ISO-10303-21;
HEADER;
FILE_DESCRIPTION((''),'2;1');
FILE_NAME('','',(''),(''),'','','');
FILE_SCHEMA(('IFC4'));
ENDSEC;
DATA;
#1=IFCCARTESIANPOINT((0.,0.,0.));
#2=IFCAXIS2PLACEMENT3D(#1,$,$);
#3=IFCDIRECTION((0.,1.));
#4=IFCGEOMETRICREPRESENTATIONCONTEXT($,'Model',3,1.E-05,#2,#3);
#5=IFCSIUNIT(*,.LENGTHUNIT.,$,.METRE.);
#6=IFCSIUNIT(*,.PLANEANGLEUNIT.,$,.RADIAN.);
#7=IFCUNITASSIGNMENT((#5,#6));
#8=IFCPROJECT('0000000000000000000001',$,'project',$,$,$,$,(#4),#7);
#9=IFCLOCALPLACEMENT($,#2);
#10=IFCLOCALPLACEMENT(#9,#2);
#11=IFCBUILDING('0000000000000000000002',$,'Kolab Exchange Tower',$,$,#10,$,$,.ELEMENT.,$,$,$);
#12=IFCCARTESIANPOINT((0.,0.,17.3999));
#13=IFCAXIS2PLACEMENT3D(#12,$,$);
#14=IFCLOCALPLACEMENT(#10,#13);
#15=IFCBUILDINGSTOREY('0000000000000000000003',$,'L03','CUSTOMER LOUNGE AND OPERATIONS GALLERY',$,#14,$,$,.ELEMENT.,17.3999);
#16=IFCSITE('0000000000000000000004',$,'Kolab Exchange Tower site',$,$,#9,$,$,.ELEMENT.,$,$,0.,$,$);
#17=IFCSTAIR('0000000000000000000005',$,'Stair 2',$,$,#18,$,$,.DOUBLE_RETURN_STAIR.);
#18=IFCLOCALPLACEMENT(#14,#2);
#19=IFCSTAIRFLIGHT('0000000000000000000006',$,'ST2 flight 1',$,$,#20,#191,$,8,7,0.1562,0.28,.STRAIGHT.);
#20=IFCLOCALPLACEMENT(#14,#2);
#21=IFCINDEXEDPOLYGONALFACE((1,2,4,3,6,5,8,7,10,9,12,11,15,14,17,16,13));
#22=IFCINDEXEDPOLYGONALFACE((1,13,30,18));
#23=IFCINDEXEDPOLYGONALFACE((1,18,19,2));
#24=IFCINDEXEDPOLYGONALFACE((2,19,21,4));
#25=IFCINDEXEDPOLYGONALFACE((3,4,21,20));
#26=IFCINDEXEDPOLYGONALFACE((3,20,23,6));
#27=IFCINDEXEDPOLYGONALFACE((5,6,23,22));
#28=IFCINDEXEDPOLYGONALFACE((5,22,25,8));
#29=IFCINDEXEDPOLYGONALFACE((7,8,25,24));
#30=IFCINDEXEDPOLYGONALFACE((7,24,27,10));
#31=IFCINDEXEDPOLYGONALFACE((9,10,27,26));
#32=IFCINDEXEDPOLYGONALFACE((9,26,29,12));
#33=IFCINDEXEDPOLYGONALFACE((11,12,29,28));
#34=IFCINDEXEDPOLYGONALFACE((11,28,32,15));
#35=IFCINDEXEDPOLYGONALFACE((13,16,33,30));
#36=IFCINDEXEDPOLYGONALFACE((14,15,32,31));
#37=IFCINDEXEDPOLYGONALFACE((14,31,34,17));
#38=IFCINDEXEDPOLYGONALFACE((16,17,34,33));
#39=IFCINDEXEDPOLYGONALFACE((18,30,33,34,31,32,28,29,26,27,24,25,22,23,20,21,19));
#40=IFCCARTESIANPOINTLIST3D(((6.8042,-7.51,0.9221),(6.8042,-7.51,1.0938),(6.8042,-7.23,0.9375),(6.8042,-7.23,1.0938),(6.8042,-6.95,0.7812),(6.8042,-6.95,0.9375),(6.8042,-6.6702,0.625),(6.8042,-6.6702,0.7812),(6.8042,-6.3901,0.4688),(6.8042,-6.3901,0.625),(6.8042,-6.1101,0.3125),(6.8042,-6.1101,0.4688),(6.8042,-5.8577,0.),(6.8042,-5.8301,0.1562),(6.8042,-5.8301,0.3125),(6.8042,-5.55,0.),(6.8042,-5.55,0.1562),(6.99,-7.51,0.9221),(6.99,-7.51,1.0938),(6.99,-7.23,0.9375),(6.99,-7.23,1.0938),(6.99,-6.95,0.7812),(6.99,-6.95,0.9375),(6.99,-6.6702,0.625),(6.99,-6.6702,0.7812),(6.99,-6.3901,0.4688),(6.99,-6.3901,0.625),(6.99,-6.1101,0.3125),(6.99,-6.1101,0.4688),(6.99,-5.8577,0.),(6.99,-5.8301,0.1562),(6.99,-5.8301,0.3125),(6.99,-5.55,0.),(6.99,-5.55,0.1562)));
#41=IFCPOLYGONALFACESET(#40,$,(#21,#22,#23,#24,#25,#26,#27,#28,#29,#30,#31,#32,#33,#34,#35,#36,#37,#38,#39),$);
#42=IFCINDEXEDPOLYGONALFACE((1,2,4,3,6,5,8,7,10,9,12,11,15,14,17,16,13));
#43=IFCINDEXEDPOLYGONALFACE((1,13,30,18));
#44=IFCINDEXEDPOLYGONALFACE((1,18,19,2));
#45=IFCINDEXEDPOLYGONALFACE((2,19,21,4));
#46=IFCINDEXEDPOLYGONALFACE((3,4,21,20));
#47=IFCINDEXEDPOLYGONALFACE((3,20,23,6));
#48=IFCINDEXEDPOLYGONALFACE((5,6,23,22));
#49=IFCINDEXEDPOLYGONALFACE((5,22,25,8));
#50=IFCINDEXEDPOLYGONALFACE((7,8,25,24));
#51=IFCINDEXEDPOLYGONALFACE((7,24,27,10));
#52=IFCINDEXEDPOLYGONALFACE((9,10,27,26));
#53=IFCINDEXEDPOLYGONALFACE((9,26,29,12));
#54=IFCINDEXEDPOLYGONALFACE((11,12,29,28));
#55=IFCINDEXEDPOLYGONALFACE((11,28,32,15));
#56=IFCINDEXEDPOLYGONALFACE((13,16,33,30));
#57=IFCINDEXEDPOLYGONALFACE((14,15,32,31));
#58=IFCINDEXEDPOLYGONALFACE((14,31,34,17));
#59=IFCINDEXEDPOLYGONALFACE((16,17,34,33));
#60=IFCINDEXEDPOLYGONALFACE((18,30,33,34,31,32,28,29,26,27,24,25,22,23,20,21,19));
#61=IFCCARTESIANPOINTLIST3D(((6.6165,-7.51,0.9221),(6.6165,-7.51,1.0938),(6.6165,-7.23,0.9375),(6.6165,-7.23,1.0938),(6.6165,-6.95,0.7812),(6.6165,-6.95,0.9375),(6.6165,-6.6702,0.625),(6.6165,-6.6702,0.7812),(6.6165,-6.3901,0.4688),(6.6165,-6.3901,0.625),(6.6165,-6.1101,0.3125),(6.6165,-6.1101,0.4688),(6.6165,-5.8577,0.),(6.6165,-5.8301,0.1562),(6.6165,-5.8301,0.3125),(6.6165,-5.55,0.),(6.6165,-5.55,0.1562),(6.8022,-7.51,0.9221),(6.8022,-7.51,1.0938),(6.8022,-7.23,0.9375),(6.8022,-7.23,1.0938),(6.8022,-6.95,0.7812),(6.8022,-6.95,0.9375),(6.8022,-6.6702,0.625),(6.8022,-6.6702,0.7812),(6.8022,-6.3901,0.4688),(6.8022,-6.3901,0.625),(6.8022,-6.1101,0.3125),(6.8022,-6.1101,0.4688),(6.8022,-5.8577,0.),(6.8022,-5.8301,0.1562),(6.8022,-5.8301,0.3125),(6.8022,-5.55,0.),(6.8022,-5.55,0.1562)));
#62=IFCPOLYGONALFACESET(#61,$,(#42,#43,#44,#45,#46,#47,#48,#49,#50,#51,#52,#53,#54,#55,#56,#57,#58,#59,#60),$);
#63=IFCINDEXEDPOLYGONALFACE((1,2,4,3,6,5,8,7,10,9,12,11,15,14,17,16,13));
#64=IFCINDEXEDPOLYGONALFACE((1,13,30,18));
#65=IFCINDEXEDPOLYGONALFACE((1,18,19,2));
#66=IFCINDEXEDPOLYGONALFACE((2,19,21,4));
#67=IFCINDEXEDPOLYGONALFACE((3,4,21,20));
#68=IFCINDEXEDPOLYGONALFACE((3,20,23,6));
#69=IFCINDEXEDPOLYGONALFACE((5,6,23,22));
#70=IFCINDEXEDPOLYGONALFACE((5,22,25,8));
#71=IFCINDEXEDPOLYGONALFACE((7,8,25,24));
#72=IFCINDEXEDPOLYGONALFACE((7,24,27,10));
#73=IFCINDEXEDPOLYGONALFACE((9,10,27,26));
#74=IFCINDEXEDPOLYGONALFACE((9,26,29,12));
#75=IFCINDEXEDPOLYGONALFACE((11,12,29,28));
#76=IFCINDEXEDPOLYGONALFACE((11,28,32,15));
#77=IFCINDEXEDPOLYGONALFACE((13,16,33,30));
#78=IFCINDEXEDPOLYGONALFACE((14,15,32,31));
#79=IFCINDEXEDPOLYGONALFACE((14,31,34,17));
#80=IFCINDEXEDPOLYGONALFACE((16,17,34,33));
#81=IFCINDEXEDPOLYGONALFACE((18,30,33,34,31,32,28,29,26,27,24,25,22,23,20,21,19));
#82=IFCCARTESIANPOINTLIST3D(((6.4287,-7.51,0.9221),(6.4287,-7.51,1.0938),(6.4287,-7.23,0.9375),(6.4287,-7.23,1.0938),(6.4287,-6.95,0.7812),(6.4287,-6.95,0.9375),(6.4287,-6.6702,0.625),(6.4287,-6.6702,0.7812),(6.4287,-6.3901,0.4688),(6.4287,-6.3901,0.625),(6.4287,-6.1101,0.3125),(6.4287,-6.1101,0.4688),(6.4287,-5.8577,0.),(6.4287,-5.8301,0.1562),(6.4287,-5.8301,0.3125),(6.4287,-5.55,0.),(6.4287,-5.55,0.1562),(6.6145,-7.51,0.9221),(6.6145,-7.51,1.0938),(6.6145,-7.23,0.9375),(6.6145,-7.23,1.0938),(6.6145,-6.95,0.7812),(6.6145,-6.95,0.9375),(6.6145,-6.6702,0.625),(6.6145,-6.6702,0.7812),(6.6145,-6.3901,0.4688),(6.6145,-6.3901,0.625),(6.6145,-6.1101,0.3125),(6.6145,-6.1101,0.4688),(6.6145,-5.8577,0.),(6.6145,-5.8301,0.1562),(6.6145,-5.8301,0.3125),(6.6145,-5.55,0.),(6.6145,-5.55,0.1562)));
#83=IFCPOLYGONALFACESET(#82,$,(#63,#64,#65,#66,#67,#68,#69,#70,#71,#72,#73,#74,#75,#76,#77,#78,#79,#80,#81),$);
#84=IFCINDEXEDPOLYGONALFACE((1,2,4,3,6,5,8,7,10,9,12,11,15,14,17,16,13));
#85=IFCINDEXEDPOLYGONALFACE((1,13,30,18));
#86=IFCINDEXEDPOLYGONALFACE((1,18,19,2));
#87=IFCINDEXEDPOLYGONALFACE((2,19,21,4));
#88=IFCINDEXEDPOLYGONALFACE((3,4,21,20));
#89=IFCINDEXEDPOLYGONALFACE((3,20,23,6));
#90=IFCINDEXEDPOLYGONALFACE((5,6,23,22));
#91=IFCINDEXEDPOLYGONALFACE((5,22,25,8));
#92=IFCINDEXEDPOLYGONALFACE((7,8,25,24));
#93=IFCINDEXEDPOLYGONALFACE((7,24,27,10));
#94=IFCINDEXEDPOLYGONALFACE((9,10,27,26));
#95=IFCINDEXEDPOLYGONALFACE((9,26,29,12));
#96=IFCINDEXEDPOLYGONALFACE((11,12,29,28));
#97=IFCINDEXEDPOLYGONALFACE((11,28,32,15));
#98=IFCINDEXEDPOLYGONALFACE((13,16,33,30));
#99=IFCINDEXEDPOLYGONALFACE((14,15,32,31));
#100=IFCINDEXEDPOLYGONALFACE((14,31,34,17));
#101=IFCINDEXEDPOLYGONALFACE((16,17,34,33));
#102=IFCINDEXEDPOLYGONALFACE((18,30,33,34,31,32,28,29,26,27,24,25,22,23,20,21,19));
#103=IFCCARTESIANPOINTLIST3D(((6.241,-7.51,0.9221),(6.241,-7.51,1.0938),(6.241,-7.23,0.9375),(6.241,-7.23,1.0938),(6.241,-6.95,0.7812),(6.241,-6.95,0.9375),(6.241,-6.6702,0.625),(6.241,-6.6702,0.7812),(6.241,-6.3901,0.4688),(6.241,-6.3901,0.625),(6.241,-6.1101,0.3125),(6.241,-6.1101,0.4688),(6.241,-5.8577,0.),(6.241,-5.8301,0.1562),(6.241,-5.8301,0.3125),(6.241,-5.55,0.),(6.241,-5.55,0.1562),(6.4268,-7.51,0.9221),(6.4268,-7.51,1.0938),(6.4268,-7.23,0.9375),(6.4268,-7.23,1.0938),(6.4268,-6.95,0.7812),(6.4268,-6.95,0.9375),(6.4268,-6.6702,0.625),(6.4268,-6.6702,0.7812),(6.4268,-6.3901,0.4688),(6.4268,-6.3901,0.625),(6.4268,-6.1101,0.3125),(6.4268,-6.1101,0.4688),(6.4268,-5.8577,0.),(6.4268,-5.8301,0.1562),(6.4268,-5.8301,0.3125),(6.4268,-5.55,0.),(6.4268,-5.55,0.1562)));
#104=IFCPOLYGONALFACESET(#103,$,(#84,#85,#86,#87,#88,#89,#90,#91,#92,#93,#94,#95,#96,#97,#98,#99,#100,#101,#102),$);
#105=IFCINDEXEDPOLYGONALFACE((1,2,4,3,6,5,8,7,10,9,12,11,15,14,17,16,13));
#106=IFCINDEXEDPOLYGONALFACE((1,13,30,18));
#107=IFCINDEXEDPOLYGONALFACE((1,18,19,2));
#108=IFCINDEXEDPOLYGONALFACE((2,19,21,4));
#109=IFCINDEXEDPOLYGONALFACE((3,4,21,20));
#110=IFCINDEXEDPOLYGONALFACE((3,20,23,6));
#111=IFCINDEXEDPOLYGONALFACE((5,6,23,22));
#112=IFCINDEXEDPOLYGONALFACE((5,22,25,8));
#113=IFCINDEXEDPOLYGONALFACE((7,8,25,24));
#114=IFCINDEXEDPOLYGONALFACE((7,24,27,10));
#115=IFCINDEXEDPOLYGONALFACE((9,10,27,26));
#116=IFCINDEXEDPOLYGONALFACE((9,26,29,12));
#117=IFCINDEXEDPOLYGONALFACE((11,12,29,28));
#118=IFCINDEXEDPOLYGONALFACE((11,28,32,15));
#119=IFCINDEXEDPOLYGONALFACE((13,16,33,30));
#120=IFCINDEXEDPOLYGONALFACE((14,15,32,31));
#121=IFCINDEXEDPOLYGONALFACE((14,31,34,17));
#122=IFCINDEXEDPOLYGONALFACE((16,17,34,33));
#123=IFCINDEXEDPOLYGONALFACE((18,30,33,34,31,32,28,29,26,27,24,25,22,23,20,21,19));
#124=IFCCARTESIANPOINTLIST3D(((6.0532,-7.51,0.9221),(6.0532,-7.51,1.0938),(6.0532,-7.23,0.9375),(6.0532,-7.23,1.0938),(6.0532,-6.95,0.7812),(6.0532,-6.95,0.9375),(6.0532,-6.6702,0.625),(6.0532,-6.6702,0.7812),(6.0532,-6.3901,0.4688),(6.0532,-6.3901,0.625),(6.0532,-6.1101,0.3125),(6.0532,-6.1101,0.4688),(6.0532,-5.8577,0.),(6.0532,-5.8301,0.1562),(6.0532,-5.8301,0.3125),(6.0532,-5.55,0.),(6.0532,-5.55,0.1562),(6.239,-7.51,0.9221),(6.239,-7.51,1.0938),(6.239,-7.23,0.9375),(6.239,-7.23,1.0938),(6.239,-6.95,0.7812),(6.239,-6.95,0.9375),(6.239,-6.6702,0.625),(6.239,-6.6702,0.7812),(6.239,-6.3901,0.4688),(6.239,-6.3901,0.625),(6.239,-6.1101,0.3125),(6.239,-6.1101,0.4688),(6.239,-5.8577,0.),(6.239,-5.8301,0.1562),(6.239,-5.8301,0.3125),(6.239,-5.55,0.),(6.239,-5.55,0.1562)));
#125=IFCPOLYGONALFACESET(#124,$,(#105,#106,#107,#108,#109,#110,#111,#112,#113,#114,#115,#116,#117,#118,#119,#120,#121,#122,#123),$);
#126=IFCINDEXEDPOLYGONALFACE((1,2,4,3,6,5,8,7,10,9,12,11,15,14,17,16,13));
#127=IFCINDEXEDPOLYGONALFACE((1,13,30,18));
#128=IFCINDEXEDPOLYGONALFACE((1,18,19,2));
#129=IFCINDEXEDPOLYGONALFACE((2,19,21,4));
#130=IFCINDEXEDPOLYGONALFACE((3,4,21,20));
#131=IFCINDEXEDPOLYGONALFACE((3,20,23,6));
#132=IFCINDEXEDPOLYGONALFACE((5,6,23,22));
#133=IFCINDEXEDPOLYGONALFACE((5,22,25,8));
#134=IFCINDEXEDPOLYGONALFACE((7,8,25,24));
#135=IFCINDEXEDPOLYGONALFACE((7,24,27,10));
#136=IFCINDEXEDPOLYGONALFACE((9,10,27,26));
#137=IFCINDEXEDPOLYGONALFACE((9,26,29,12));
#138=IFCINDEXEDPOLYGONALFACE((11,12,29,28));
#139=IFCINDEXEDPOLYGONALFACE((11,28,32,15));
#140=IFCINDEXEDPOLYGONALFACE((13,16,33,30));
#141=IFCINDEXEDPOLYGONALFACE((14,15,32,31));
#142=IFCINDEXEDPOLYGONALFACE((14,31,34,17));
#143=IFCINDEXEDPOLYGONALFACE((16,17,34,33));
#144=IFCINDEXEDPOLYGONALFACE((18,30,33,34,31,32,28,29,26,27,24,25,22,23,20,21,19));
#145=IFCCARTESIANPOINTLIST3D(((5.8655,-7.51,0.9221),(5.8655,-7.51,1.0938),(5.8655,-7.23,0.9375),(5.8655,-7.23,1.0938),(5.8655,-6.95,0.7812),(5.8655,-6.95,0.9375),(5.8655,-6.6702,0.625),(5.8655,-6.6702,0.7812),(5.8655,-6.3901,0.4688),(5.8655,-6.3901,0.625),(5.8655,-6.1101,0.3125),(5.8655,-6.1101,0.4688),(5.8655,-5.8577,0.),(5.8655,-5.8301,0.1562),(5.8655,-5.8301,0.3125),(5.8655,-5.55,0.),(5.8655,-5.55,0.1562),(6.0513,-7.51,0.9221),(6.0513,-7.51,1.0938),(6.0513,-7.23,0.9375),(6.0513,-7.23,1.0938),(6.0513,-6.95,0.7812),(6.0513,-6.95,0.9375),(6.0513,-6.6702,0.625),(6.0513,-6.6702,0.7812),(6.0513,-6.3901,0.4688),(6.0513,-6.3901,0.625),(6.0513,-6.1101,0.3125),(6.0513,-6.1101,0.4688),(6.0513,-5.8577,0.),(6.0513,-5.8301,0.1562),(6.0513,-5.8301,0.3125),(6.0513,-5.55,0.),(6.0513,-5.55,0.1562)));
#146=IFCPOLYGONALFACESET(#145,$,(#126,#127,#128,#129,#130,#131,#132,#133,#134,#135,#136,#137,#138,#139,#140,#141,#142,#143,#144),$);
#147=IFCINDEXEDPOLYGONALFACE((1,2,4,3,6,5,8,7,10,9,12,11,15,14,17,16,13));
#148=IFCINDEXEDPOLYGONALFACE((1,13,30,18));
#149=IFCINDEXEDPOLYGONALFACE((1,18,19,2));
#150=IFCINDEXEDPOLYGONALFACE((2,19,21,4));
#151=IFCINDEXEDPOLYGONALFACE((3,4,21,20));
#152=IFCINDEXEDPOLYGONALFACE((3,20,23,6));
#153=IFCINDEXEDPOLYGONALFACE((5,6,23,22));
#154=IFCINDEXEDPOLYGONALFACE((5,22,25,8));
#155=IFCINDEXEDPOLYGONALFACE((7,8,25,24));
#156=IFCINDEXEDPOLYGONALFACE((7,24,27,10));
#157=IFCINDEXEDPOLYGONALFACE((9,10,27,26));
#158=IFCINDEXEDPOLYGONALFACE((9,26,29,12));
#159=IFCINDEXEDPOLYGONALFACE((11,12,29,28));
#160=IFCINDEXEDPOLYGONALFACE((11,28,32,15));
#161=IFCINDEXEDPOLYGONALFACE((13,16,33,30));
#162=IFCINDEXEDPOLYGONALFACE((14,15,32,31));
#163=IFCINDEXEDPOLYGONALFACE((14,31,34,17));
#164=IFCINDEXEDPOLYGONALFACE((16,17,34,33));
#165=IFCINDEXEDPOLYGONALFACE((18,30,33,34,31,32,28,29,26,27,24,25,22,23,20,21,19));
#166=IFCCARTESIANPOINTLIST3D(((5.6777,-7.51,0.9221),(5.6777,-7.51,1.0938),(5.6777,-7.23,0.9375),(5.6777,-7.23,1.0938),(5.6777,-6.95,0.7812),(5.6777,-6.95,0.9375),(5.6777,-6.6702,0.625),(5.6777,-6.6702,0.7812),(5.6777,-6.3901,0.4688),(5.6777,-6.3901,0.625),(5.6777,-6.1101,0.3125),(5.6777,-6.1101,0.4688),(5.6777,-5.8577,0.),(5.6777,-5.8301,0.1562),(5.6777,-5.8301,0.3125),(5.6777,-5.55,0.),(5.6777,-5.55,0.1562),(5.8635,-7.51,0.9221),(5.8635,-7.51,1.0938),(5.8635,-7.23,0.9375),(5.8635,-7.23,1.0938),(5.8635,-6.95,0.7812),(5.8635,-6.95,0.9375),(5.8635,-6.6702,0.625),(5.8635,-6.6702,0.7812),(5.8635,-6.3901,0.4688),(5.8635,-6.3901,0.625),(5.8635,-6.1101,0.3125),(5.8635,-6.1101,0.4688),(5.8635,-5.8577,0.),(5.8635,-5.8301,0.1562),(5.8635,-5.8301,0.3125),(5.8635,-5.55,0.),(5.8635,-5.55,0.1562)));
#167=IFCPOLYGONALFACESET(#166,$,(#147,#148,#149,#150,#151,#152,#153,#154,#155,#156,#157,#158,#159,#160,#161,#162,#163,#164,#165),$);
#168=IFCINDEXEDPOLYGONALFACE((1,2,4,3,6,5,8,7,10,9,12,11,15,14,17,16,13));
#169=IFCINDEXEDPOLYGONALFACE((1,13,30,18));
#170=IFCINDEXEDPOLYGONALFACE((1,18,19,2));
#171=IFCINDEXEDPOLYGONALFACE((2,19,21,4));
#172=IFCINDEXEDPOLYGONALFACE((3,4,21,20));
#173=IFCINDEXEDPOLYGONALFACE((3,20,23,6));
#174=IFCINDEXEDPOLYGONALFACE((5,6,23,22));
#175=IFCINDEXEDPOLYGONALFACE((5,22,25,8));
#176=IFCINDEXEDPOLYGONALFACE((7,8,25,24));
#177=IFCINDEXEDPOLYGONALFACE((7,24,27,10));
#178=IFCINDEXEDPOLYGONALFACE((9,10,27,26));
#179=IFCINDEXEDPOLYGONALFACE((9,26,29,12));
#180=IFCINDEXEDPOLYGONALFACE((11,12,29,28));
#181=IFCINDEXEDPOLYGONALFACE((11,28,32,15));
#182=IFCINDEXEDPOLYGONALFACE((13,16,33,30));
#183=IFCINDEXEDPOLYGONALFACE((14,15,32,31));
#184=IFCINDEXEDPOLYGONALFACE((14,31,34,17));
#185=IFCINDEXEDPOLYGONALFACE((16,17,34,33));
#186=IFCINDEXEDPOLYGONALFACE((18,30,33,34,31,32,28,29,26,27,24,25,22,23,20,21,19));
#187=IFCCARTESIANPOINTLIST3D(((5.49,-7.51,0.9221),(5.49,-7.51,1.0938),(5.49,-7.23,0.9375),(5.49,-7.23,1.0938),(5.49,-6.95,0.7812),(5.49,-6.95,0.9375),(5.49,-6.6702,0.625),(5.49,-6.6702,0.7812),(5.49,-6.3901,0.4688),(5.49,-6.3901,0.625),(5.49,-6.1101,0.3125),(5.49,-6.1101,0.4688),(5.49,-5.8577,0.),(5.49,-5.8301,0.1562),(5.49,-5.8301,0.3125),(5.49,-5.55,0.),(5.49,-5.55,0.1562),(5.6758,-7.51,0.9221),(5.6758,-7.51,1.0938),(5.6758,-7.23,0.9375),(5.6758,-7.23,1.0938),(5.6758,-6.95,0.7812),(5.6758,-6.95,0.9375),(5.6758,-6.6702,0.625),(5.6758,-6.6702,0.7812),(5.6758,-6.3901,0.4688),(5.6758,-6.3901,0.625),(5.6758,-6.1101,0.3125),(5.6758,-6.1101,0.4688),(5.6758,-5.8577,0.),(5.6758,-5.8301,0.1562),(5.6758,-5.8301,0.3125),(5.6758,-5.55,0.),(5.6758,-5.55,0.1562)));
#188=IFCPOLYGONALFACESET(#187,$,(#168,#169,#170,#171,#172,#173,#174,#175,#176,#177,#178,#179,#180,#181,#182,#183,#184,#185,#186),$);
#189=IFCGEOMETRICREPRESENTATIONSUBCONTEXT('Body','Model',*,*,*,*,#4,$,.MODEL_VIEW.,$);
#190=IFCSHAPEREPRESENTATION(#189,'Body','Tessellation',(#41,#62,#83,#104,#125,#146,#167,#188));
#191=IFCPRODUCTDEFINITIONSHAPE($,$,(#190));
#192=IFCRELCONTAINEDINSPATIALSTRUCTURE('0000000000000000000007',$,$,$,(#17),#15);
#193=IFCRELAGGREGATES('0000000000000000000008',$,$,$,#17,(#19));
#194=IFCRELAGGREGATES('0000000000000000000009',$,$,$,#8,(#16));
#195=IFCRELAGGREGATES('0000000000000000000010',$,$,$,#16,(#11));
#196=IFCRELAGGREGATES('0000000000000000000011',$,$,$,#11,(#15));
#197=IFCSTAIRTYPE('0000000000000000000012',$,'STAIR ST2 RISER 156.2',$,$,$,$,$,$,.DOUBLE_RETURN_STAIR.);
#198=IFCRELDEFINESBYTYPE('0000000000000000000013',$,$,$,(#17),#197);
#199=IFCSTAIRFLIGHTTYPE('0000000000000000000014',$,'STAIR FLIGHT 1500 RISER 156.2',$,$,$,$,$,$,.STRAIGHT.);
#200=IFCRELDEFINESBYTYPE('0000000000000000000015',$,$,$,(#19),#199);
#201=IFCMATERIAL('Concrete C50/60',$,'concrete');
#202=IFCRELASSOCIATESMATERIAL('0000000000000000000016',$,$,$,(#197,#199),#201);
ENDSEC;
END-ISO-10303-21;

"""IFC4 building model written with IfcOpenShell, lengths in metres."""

from ifc_helpers import new_model, si_unit, direction, frame, origin, place, context, subcontext, project, spatial, polyline, outline, extrude, material, type_object, element, aggregate, save


model = new_model("IFC4")

# Units and contexts
model_context = context("Model", 3, precision=1e-05, world=origin(), true_north=direction((0.0, 1.0)))
body_context = subcontext(model_context, "Body", "Model", "MODEL_VIEW")
ifc_project = project(units=[si_unit("LENGTHUNIT", "METRE"), si_unit("PLANEANGLEUNIT", "RADIAN")], contexts=[model_context])

# Site, building, storey
site_placement = place(None, origin())
site = spatial("IfcSite", under=ifc_project, at=site_placement, Name="Kolab Exchange Tower site", CompositionType="ELEMENT", RefElevation=0.0)
building_placement = place(site_placement, origin())
building = spatial("IfcBuilding", under=site, at=building_placement, Name="Kolab Exchange Tower", CompositionType="ELEMENT")
storey_placement = place(building_placement, frame((0.0, 0.0, 17.3999)))
storey = spatial("IfcBuildingStorey", under=building, at=storey_placement, Name="L03", Description="CUSTOMER LOUNGE AND OPERATIONS GALLERY", CompositionType="ELEMENT", Elevation=17.3999)

# Shared definitions
ifc_material_1 = material(Name="Concrete C50/60", Category="concrete")

# Stair, stair flight
stair_type_1 = type_object("IfcStairType", Name="STAIR ST2 RISER 156.2", PredefinedType="DOUBLE_RETURN_STAIR", material=ifc_material_1)
stair_1_placement = place(storey_placement, origin())
stair_1 = element("IfcStair", 1, at=stair_1_placement, inside=storey, type_object=stair_type_1, Name="Stair 2", PredefinedType="DOUBLE_RETURN_STAIR")
stair_flight_type = type_object("IfcStairFlightType", Name="STAIR FLIGHT 1500 RISER 156.2", PredefinedType="STRAIGHT", material=ifc_material_1)
stair_flight_1_placement = place(storey_placement, frame((6.24, -5.55, 0.0), z_axis=(0.0, 0.0, 1.0), x_axis=(0.0, -1.0, 0.0)))
stair_flight_1 = element("IfcStairFlight", 2, at=stair_flight_1_placement, type_object=stair_flight_type, Name="ST2 flight 1", NumberOfRisers=8, NumberOfTreads=7, PredefinedType="STRAIGHT", RiserHeight=0.1562, TreadLength=0.28, context=body_context, shape_type="SweptSolid", body=[
    extrude(outline(polyline([(0.0, 0.0), (0.0, 0.1562), (0.28, 0.1562), (0.28, 0.3125), (0.5601, 0.3125), (0.5601, 0.4688), (0.8401, 0.4688), (0.8401, 0.625), (1.1201, 0.625), (1.1201, 0.7812), (1.3999, 0.7812), (1.3999, 0.9375), (1.6799, 0.9375), (1.6799, 1.0938), (1.96, 1.0938), (1.96, 1.25), (1.96, 0.9221), (0.3076, 0.0), (0.0, 0.0)])), frame((0.0, 0.75, 0.0), z_axis=(0.0, -1.0, 0.0), x_axis=(1.0, 0.0, 0.0)), (0.0, 0.0, 1.0), 0.1858),
    extrude(outline(polyline([(0.0, 0.0), (0.0, 0.1562), (0.28, 0.1562), (0.28, 0.3125), (0.5601, 0.3125), (0.5601, 0.4688), (0.8401, 0.4688), (0.8401, 0.625), (1.1201, 0.625), (1.1201, 0.7812), (1.3999, 0.7812), (1.3999, 0.9375), (1.6799, 0.9375), (1.6799, 1.0938), (1.96, 1.0938), (1.96, 1.25), (1.96, 0.9221), (0.3076, 0.0), (0.0, 0.0)])), frame((0.0, 0.5623, 0.0), z_axis=(0.0, -1.0, 0.0), x_axis=(1.0, 0.0, 0.0)), (0.0, 0.0, 1.0), 0.1858),
    extrude(outline(polyline([(0.0, 0.0), (0.0, 0.1562), (0.28, 0.1562), (0.28, 0.3125), (0.5601, 0.3125), (0.5601, 0.4688), (0.8401, 0.4688), (0.8401, 0.625), (1.1201, 0.625), (1.1201, 0.7812), (1.3999, 0.7812), (1.3999, 0.9375), (1.6799, 0.9375), (1.6799, 1.0938), (1.96, 1.0938), (1.96, 1.25), (1.96, 0.9221), (0.3076, 0.0), (0.0, 0.0)])), frame((0.0, 0.3745, 0.0), z_axis=(0.0, -1.0, 0.0), x_axis=(1.0, 0.0, 0.0)), (0.0, 0.0, 1.0), 0.1858),
    extrude(outline(polyline([(0.0, 0.0), (0.0, 0.1562), (0.28, 0.1562), (0.28, 0.3125), (0.5601, 0.3125), (0.5601, 0.4688), (0.8401, 0.4688), (0.8401, 0.625), (1.1201, 0.625), (1.1201, 0.7812), (1.3999, 0.7812), (1.3999, 0.9375), (1.6799, 0.9375), (1.6799, 1.0938), (1.96, 1.0938), (1.96, 1.25), (1.96, 0.9221), (0.3076, 0.0), (0.0, 0.0)])), frame((0.0, 0.1868, 0.0), z_axis=(0.0, -1.0, 0.0), x_axis=(1.0, 0.0, 0.0)), (0.0, 0.0, 1.0), 0.1858),
    extrude(outline(polyline([(0.0, 0.0), (0.0, 0.1562), (0.28, 0.1562), (0.28, 0.3125), (0.5601, 0.3125), (0.5601, 0.4688), (0.8401, 0.4688), (0.8401, 0.625), (1.1201, 0.625), (1.1201, 0.7812), (1.3999, 0.7812), (1.3999, 0.9375), (1.6799, 0.9375), (1.6799, 1.0938), (1.96, 1.0938), (1.96, 1.25), (1.96, 0.9221), (0.3076, 0.0), (0.0, 0.0)])), frame((0.0, -0.001, 0.0), z_axis=(0.0, -1.0, 0.0), x_axis=(1.0, 0.0, 0.0)), (0.0, 0.0, 1.0), 0.1858),
    extrude(outline(polyline([(0.0, 0.0), (0.0, 0.1562), (0.28, 0.1562), (0.28, 0.3125), (0.5601, 0.3125), (0.5601, 0.4688), (0.8401, 0.4688), (0.8401, 0.625), (1.1201, 0.625), (1.1201, 0.7812), (1.3999, 0.7812), (1.3999, 0.9375), (1.6799, 0.9375), (1.6799, 1.0938), (1.96, 1.0938), (1.96, 1.25), (1.96, 0.9221), (0.3076, 0.0), (0.0, 0.0)])), frame((0.0, -0.1887, 0.0), z_axis=(0.0, -1.0, 0.0), x_axis=(1.0, 0.0, 0.0)), (0.0, 0.0, 1.0), 0.1858),
    extrude(outline(polyline([(0.0, 0.0), (0.0, 0.1562), (0.28, 0.1562), (0.28, 0.3125), (0.5601, 0.3125), (0.5601, 0.4688), (0.8401, 0.4688), (0.8401, 0.625), (1.1201, 0.625), (1.1201, 0.7812), (1.3999, 0.7812), (1.3999, 0.9375), (1.6799, 0.9375), (1.6799, 1.0938), (1.96, 1.0938), (1.96, 1.25), (1.96, 0.9221), (0.3076, 0.0), (0.0, 0.0)])), frame((0.0, -0.3765, 0.0), z_axis=(0.0, -1.0, 0.0), x_axis=(1.0, 0.0, 0.0)), (0.0, 0.0, 1.0), 0.1858),
    extrude(outline(polyline([(0.0, 0.0), (0.0, 0.1562), (0.28, 0.1562), (0.28, 0.3125), (0.5601, 0.3125), (0.5601, 0.4688), (0.8401, 0.4688), (0.8401, 0.625), (1.1201, 0.625), (1.1201, 0.7812), (1.3999, 0.7812), (1.3999, 0.9375), (1.6799, 0.9375), (1.6799, 1.0938), (1.96, 1.0938), (1.96, 1.25), (1.96, 0.9221), (0.3076, 0.0), (0.0, 0.0)])), frame((0.0, -0.5642, 0.0), z_axis=(0.0, -1.0, 0.0), x_axis=(1.0, 0.0, 0.0)), (0.0, 0.0, 1.0), 0.1858),
])
aggregate(stair_1, [stair_flight_1])

save(model, "model.ifc")
